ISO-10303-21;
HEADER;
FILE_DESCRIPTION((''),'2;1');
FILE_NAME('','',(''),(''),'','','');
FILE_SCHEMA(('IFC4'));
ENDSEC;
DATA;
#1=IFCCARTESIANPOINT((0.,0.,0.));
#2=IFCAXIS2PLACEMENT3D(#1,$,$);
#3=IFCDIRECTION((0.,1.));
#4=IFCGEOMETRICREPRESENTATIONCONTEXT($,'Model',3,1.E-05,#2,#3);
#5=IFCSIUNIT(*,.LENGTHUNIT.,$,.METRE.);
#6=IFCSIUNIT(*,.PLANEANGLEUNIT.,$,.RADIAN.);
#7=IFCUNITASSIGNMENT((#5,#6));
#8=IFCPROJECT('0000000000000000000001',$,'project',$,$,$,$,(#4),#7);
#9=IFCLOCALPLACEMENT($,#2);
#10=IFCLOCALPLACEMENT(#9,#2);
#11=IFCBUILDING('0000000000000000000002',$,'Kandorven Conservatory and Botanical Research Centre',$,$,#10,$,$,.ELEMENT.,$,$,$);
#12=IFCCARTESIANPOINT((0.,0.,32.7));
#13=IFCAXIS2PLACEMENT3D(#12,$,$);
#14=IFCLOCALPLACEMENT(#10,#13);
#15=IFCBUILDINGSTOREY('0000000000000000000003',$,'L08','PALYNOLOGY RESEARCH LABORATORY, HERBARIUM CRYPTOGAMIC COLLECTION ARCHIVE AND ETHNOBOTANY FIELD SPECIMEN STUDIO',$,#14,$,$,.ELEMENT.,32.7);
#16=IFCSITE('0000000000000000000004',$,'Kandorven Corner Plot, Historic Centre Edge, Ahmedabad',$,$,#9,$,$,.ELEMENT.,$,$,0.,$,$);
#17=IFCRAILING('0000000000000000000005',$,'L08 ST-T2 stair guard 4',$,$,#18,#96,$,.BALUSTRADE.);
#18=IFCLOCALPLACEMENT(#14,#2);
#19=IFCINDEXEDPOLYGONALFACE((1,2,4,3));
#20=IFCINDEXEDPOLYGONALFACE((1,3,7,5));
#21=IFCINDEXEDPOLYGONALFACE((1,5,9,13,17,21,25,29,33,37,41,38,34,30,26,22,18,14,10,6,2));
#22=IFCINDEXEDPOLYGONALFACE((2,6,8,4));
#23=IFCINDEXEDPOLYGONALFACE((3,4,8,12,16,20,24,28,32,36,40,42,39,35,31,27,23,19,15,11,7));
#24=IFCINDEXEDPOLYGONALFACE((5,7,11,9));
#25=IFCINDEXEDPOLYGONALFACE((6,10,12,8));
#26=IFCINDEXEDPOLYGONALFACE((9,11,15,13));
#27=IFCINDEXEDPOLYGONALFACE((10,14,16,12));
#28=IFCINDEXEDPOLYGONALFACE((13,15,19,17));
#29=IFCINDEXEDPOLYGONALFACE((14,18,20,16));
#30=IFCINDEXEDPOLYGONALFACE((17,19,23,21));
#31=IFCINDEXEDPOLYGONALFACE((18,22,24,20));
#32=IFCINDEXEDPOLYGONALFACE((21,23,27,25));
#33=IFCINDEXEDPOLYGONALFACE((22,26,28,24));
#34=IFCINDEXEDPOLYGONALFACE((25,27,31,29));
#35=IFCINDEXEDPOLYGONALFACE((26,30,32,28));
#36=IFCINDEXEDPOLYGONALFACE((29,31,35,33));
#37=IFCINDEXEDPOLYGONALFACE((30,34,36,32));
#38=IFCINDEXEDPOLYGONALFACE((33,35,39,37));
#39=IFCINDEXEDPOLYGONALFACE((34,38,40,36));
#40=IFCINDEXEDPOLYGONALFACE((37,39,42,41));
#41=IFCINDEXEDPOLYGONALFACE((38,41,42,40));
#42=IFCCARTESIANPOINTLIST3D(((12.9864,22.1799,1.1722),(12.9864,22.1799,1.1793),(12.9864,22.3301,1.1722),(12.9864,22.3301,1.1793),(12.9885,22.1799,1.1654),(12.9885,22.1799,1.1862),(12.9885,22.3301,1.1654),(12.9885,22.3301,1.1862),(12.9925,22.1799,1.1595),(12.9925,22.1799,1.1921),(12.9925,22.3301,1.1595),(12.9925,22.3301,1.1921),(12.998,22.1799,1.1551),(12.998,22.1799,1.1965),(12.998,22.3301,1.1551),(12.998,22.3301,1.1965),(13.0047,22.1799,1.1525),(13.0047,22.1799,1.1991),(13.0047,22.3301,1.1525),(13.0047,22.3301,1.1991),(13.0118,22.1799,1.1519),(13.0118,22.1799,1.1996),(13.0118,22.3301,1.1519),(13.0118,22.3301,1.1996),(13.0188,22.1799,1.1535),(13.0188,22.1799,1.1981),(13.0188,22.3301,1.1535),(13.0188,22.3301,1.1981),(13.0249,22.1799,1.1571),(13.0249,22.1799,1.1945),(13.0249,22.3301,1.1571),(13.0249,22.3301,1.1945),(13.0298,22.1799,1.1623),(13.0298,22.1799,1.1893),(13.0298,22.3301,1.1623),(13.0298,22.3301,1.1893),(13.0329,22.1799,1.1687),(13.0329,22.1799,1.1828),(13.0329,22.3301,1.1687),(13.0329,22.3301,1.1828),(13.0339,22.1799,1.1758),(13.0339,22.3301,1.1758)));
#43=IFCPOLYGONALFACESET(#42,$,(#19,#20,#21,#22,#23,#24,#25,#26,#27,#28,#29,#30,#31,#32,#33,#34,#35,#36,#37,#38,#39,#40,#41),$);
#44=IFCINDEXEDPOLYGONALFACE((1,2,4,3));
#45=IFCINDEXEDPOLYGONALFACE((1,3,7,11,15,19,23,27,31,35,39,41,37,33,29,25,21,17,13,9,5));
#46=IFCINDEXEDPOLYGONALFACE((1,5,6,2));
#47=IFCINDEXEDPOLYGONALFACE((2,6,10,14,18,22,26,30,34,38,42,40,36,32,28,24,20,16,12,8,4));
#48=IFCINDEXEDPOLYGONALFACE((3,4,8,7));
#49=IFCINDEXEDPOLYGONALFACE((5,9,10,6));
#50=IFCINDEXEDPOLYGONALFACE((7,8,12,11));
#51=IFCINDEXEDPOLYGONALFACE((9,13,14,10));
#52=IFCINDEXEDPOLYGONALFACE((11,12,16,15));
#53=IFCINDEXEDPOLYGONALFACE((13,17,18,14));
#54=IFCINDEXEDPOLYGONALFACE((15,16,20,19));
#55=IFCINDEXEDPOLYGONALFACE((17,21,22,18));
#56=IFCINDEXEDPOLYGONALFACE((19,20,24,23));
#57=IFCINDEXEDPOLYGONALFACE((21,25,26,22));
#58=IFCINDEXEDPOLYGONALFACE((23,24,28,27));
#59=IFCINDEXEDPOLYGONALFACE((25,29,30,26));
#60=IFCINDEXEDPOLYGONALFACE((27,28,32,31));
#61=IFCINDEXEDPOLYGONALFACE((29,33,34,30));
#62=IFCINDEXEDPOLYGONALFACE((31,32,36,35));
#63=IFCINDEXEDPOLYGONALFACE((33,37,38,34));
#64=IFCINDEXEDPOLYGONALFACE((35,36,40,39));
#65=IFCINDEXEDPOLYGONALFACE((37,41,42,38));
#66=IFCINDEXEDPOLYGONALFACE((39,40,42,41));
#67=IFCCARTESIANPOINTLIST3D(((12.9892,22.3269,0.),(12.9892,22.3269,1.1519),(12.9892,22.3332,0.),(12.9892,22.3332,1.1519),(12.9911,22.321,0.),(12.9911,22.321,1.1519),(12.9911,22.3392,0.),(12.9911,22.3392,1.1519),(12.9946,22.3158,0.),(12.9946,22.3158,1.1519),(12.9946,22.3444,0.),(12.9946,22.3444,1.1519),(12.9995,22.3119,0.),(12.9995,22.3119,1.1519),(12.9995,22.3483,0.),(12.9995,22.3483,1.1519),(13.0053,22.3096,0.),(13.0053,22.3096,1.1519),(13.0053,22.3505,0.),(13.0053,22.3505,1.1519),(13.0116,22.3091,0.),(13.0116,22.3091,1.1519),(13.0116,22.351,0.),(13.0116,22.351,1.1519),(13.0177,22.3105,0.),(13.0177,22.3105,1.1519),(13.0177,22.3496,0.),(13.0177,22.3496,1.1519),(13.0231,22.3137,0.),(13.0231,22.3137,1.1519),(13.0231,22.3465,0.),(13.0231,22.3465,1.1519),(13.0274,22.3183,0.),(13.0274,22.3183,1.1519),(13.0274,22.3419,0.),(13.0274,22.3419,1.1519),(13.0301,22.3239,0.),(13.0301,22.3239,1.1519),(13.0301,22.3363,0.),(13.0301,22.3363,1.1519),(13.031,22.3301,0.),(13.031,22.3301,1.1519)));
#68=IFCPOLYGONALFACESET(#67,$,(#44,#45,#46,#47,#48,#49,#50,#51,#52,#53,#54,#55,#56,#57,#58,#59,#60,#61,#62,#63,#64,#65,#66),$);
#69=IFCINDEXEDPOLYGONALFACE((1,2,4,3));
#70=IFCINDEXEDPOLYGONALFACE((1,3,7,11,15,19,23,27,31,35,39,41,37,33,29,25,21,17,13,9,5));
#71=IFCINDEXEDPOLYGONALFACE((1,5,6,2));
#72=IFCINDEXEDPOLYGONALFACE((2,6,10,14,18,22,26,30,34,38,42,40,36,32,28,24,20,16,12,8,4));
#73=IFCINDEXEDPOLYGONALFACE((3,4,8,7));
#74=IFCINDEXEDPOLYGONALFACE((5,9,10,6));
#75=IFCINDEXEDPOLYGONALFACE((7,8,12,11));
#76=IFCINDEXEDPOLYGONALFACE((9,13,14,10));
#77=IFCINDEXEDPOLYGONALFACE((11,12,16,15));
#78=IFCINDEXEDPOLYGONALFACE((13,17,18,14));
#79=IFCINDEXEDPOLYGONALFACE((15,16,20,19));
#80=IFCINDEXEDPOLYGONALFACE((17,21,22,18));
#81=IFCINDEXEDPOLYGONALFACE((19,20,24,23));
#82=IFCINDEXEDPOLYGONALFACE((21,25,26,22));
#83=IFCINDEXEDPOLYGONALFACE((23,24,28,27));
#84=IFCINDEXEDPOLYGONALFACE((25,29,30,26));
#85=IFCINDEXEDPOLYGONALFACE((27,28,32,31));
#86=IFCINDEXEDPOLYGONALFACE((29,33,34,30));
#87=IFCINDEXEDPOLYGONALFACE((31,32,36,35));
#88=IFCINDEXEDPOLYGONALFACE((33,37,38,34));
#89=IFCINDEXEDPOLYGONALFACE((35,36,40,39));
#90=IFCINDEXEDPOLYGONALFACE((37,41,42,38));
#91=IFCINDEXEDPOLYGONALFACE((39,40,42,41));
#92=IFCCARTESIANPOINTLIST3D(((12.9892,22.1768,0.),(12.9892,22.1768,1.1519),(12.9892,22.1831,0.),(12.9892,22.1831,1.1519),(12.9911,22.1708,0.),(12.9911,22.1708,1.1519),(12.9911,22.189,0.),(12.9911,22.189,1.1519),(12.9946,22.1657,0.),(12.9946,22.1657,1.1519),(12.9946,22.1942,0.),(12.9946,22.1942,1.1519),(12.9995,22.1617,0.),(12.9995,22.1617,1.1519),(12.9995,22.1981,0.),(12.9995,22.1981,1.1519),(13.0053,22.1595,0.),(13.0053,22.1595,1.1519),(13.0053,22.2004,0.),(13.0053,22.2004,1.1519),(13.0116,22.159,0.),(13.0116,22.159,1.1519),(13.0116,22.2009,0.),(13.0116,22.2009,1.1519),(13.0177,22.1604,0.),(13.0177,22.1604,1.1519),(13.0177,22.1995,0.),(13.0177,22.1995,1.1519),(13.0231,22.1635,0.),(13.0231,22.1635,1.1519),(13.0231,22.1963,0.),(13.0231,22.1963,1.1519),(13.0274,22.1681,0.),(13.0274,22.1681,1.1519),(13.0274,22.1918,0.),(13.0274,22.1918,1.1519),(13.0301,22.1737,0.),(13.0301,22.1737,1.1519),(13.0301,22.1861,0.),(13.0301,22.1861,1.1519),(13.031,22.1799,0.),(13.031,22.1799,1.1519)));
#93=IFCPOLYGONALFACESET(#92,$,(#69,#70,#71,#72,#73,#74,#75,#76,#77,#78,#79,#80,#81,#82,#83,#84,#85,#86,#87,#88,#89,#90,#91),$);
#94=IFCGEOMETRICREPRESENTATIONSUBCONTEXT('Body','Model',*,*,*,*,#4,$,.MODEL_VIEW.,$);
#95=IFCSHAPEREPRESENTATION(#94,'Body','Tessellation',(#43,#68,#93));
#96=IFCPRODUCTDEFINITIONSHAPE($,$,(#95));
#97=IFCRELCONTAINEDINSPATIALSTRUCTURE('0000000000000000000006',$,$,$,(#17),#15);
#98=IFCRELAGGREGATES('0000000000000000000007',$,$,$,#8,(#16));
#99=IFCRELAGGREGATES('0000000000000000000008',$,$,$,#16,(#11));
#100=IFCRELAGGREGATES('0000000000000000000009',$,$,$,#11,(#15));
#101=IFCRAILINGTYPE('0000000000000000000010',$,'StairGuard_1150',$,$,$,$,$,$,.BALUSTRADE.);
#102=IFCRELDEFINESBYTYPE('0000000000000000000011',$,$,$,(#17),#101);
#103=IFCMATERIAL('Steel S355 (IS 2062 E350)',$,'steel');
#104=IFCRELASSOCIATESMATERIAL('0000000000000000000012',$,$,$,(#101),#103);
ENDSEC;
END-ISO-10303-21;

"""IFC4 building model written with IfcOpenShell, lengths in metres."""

from ifc_helpers import new_model, si_unit, direction, frame, origin, origin_2d, place, context, subcontext, project, spatial, circle, extrude, material, type_object, element, save


model = new_model("IFC4")

# Units and contexts
model_context = context("Model", 3, precision=1e-05, world=origin(), true_north=direction((0.0, 1.0)))
body_context = subcontext(model_context, "Body", "Model", "MODEL_VIEW")
ifc_project = project(units=[si_unit("LENGTHUNIT", "METRE"), si_unit("PLANEANGLEUNIT", "RADIAN")], contexts=[model_context])

# Site, building, storey
site_placement = place(None, origin())
site = spatial("IfcSite", under=ifc_project, at=site_placement, Name="Kandorven Corner Plot, Historic Centre Edge, Ahmedabad", CompositionType="ELEMENT", RefElevation=0.0)
building_placement = place(site_placement, origin())
building = spatial("IfcBuilding", under=site, at=building_placement, Name="Kandorven Conservatory and Botanical Research Centre", CompositionType="ELEMENT")
storey_placement = place(building_placement, frame((0.0, 0.0, 32.7)))
storey = spatial("IfcBuildingStorey", under=building, at=storey_placement, Name="L08", Description="PALYNOLOGY RESEARCH LABORATORY, HERBARIUM CRYPTOGAMIC COLLECTION ARCHIVE AND ETHNOBOTANY FIELD SPECIMEN STUDIO", CompositionType="ELEMENT", Elevation=32.7)

# Railing
ifc_material_1 = material(Name="Steel S355 (IS 2062 E350)", Category="steel")
railing_type_1 = type_object("IfcRailingType", Name="StairGuard_1150", PredefinedType="BALUSTRADE", material=ifc_material_1)
railing_1_placement = place(storey_placement, frame((13.01, 22.3301, 0.0)))
element("IfcRailing", 1, at=railing_1_placement, inside=storey, type_object=railing_type_1, Name="L08 ST-T2 stair guard 4", PredefinedType="BALUSTRADE", context=body_context, shape_type="SweptSolid", body=[
    extrude(circle(Radius=0.0239, at=origin_2d()), frame((0.0, 0.0, 1.1758), z_axis=(0.0, -1.0, 0.0), x_axis=(1.0, 0.0, 0.0)), (0.0, 0.0, 1.0), 0.1501),
    extrude(circle(Radius=0.021, at=origin_2d()), origin(), (0.0, 0.0, 1.0), 1.1519),
    extrude(circle(Radius=0.021, at=origin_2d()), frame((0.0, -0.1501, 0.0)), (0.0, 0.0, 1.0), 1.1519),
])

save(model, "model.ifc")
